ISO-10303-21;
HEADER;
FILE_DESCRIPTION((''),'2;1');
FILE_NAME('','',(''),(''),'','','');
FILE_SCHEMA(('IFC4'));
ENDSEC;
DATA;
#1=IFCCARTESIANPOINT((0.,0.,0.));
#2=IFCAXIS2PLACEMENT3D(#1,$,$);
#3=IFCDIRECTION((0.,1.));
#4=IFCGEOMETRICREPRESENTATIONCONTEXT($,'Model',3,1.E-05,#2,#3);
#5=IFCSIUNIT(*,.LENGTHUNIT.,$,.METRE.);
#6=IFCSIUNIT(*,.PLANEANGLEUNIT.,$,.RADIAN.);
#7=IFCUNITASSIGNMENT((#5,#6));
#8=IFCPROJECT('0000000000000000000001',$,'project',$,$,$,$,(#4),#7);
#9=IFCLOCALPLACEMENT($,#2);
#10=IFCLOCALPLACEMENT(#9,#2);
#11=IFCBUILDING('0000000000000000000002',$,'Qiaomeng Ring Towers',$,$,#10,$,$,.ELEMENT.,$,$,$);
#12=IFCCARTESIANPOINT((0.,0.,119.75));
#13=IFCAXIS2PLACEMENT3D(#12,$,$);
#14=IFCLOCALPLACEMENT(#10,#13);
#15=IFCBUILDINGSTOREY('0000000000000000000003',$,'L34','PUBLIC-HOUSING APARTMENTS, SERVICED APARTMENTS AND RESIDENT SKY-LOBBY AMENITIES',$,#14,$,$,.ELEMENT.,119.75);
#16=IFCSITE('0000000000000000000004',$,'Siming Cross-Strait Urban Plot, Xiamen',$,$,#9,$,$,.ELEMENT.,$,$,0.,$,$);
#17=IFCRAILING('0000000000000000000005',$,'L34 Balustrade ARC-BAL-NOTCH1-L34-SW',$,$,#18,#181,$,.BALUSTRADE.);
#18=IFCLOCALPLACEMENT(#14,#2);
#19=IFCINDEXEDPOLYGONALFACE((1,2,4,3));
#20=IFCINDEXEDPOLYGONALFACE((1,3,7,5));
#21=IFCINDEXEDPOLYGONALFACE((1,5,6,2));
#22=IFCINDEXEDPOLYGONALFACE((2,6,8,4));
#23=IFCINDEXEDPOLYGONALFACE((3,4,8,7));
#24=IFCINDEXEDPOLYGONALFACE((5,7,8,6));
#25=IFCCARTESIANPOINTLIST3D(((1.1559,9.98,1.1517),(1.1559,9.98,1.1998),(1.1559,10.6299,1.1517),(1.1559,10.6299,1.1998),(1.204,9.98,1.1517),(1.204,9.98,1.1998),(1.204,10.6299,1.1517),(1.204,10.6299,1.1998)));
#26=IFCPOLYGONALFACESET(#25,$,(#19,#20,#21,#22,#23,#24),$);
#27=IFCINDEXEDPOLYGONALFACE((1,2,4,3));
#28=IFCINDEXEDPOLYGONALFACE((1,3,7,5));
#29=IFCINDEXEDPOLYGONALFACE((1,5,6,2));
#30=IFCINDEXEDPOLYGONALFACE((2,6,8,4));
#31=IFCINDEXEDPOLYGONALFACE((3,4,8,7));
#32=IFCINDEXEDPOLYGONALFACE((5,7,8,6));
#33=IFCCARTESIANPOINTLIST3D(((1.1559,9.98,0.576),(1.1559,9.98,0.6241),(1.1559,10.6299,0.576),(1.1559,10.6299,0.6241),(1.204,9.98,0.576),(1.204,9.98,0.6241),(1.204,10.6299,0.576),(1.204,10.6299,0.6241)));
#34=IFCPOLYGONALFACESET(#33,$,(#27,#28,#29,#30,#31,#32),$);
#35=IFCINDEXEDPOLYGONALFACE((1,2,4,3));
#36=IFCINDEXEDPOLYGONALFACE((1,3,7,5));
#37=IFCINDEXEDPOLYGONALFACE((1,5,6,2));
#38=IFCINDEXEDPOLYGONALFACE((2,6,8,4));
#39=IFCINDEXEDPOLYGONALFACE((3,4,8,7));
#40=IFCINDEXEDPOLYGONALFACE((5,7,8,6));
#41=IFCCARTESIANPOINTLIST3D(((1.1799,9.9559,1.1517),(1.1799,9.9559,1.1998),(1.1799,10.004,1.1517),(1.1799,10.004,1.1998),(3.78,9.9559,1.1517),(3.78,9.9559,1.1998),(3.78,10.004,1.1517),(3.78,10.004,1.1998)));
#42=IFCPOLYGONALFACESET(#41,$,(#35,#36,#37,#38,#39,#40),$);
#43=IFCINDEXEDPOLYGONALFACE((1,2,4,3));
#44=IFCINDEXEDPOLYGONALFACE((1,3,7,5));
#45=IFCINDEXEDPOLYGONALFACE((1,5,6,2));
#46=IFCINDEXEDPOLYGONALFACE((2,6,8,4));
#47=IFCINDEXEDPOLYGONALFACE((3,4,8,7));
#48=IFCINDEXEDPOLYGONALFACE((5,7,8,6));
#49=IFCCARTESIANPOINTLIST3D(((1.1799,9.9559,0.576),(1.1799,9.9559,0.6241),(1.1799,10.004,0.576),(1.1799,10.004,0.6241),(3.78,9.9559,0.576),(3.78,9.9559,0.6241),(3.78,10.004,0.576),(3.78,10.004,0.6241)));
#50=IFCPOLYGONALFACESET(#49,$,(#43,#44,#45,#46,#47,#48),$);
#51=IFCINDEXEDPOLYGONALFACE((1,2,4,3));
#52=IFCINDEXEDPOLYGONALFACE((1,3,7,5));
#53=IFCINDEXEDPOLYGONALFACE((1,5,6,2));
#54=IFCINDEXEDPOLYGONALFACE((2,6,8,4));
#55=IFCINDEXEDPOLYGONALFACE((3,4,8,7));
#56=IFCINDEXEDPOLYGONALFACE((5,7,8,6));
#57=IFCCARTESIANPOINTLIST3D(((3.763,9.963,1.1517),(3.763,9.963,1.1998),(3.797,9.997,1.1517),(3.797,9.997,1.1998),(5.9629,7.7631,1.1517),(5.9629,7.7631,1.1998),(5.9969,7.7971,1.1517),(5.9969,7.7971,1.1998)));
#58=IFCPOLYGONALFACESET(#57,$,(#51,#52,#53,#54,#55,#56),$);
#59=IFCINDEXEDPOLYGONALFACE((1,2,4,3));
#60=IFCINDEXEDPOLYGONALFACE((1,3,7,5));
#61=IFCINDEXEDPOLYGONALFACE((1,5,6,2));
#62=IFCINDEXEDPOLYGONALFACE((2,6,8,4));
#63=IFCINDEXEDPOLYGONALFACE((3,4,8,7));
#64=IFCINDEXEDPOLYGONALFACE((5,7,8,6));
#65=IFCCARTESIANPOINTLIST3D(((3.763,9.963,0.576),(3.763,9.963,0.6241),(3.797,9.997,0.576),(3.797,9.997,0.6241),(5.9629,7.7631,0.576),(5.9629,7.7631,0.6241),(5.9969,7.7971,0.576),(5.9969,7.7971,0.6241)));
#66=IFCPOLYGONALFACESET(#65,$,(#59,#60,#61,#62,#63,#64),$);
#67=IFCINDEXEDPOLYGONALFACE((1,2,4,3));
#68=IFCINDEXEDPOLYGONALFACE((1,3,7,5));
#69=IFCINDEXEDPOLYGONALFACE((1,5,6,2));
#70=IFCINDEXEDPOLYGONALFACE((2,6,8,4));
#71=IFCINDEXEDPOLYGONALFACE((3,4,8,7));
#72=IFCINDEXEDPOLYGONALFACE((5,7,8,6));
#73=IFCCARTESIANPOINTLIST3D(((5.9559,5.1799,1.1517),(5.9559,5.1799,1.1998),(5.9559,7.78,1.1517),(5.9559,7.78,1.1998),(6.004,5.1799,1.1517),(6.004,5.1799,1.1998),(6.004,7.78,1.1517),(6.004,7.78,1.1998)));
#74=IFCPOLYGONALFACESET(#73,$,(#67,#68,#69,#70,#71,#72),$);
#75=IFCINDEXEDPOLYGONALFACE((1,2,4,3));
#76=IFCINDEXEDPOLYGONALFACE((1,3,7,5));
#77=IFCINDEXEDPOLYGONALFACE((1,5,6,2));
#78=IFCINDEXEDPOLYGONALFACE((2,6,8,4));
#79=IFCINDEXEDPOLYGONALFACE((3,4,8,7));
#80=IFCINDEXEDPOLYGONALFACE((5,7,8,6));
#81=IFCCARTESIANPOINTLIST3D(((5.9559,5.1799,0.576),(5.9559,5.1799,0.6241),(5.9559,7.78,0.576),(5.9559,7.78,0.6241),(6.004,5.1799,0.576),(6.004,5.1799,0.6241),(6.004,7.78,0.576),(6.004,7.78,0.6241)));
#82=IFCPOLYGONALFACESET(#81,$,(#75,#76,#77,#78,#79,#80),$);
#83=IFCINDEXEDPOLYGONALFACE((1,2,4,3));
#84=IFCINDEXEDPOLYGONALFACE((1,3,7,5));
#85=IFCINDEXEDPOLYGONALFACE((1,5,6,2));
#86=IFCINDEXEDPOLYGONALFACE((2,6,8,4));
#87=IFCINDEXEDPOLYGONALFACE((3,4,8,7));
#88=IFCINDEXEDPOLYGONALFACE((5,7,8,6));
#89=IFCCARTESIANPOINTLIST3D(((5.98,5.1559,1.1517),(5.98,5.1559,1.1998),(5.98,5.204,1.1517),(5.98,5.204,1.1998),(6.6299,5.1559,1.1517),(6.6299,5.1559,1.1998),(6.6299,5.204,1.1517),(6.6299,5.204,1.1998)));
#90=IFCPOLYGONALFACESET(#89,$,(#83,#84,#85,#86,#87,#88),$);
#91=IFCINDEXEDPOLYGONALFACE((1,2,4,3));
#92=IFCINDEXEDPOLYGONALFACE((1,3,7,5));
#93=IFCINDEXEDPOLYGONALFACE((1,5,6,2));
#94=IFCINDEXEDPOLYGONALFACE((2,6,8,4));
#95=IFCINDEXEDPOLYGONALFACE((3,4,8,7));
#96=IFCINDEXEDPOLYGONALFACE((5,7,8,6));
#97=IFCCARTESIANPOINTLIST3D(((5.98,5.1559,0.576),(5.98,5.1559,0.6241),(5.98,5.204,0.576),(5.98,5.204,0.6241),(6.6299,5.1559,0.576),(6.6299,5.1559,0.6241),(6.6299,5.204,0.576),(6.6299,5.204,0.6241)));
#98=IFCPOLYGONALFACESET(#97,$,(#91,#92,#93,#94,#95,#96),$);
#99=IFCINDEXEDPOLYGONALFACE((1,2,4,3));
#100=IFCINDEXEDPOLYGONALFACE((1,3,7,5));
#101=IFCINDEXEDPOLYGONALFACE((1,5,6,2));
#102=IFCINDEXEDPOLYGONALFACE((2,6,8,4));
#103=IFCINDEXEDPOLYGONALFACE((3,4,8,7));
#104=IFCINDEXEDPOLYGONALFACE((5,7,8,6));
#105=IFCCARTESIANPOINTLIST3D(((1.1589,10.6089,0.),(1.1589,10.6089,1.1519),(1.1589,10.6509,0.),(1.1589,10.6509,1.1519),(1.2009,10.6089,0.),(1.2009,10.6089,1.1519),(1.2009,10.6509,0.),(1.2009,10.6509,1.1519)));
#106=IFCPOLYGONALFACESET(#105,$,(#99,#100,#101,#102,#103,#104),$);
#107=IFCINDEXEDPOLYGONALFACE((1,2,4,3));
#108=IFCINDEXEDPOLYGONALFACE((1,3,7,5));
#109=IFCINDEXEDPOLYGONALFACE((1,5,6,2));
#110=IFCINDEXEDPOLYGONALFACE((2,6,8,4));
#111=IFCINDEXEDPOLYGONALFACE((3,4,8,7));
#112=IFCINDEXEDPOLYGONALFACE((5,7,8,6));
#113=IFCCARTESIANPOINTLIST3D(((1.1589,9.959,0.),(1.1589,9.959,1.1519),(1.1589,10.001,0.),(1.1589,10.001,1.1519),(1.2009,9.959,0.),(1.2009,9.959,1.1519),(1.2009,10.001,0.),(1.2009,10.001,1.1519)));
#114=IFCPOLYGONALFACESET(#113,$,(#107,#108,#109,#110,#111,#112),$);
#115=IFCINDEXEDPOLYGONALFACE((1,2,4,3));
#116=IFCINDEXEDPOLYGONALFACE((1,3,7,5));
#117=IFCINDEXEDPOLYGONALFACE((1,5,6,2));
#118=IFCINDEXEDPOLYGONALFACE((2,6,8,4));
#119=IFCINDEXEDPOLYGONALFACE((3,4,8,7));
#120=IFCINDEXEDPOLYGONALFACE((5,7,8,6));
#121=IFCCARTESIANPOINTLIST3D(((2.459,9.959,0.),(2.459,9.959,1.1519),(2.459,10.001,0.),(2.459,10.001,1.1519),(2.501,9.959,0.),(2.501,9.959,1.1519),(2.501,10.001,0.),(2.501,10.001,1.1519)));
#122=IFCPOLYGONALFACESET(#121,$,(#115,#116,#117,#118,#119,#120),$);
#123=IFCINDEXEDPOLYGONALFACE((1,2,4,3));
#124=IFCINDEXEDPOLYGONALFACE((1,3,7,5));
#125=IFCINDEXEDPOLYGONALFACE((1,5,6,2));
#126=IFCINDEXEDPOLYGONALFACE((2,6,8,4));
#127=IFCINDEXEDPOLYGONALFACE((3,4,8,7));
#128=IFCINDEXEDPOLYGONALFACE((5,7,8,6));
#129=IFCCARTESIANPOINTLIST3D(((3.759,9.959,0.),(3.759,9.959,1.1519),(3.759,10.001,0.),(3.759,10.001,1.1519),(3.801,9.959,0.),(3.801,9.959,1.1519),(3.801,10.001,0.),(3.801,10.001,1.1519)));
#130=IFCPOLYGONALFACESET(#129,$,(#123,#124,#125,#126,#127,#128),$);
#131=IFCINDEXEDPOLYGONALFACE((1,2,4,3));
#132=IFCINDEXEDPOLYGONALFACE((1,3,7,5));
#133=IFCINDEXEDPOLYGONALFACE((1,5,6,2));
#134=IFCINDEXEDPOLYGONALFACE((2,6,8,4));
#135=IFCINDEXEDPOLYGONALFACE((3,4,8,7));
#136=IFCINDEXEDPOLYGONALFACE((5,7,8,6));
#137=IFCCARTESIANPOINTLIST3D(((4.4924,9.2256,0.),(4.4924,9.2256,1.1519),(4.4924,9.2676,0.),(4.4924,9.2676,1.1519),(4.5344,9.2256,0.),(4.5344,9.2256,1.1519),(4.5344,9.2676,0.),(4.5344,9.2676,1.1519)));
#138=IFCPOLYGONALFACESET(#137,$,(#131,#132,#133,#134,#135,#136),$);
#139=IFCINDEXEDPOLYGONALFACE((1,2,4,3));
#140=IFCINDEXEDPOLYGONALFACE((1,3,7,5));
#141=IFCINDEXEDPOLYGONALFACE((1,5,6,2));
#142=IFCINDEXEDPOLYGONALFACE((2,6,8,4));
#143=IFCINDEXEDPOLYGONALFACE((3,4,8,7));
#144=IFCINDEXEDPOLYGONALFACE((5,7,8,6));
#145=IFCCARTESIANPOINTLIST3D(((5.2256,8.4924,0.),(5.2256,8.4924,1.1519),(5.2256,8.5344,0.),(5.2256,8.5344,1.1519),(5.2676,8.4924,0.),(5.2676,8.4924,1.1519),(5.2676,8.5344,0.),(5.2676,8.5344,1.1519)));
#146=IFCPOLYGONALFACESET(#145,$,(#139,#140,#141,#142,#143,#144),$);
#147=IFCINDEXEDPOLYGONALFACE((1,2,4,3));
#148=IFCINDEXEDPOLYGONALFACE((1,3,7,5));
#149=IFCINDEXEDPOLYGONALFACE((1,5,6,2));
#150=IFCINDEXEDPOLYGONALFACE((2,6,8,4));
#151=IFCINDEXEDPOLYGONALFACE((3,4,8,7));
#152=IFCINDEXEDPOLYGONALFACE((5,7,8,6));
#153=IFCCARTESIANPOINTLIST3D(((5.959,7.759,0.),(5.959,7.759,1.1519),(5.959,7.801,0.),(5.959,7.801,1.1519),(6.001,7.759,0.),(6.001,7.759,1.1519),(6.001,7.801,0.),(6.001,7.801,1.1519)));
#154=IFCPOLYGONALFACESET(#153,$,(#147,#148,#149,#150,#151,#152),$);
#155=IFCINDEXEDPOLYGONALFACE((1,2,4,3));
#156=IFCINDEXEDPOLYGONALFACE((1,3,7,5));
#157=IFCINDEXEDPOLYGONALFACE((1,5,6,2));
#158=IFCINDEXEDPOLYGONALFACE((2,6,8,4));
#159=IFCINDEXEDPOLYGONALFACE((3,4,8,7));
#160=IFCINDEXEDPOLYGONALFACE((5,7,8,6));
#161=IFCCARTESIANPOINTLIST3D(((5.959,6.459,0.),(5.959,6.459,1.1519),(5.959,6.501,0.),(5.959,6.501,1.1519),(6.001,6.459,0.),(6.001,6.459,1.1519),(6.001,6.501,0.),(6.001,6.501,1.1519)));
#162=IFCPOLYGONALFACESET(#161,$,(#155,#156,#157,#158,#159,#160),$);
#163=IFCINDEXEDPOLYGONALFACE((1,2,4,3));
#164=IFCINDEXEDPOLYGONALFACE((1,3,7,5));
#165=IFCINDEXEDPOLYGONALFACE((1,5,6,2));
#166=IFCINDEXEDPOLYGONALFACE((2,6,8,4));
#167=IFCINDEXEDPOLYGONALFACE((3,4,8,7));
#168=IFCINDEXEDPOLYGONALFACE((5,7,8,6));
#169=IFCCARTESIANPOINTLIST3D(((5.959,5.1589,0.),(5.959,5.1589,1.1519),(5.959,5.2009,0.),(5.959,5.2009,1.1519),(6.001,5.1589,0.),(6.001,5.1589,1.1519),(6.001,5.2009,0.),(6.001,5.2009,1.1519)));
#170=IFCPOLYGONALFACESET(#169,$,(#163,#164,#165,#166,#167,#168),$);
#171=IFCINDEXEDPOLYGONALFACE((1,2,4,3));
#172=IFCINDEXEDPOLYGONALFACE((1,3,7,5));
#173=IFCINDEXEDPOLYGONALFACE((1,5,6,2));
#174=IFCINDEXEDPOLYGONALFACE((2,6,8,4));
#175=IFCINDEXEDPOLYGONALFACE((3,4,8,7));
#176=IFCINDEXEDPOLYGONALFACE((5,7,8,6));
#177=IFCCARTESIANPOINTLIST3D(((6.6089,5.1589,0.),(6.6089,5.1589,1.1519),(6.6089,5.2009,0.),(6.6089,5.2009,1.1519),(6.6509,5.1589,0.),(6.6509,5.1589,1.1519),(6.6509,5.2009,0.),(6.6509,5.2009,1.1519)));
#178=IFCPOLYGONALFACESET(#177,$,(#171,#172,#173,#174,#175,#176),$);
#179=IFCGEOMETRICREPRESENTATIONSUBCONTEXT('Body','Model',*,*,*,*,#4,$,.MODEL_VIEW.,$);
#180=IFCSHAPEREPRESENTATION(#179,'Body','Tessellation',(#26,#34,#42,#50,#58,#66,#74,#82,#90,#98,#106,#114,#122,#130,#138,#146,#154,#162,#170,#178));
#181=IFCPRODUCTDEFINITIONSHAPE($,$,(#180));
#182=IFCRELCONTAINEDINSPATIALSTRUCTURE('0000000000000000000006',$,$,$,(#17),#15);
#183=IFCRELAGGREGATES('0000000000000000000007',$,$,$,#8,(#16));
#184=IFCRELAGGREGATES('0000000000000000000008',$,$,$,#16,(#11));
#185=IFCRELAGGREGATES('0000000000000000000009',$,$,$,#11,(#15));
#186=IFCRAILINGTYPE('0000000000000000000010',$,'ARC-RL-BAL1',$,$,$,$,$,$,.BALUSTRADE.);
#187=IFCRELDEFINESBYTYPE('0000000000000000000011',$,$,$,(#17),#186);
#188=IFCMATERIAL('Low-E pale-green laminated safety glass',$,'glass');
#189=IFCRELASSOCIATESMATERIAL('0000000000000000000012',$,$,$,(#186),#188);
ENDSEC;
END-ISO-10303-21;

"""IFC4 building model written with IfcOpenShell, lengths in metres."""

from ifc_helpers import new_model, si_unit, direction, frame, origin, origin_2d, place, context, subcontext, project, spatial, rectangle, extrude, material, type_object, element, save


model = new_model("IFC4")

# Units and contexts
model_context = context("Model", 3, precision=1e-05, world=origin(), true_north=direction((0.0, 1.0)))
body_context = subcontext(model_context, "Body", "Model", "MODEL_VIEW")
ifc_project = project(units=[si_unit("LENGTHUNIT", "METRE"), si_unit("PLANEANGLEUNIT", "RADIAN")], contexts=[model_context])

# Site, building, storey
site_placement = place(None, origin())
site = spatial("IfcSite", under=ifc_project, at=site_placement, Name="Siming Cross-Strait Urban Plot, Xiamen", CompositionType="ELEMENT", RefElevation=0.0)
building_placement = place(site_placement, origin())
building = spatial("IfcBuilding", under=site, at=building_placement, Name="Qiaomeng Ring Towers", CompositionType="ELEMENT")
storey_placement = place(building_placement, frame((0.0, 0.0, 119.75)))
storey = spatial("IfcBuildingStorey", under=building, at=storey_placement, Name="L34", Description="PUBLIC-HOUSING APARTMENTS, SERVICED APARTMENTS AND RESIDENT SKY-LOBBY AMENITIES", CompositionType="ELEMENT", Elevation=119.75)

# Railing
ifc_material_1 = material(Name="Low-E pale-green laminated safety glass", Category="glass")
railing_type_1 = type_object("IfcRailingType", Name="ARC-RL-BAL1", PredefinedType="BALUSTRADE", material=ifc_material_1)
railing_1_placement = place(storey_placement, frame((1.1799, 10.6299, 0.0)))
element("IfcRailing", 1, at=railing_1_placement, inside=storey, type_object=railing_type_1, Name="L34 Balustrade ARC-BAL-NOTCH1-L34-SW", PredefinedType="BALUSTRADE", context=body_context, shape_type="SweptSolid", body=[
    extrude(rectangle(XDim=0.0481, YDim=0.0481, at=origin_2d()), frame((0.0, 0.0, 1.1758), z_axis=(0.0, -1.0, 0.0), x_axis=(1.0, 0.0, 0.0)), (0.0, 0.0, 1.0), 0.6499),
    extrude(rectangle(XDim=0.0481, YDim=0.0481, at=origin_2d()), frame((0.0, 0.0, 0.6001), z_axis=(0.0, -1.0, 0.0), x_axis=(1.0, 0.0, 0.0)), (0.0, 0.0, 1.0), 0.6499),
    extrude(rectangle(XDim=0.0481, YDim=0.0481, at=origin_2d()), frame((0.0, -0.6499, 1.1758), z_axis=(1.0, 0.0, 0.0), x_axis=(0.0, 1.0, 0.0)), (0.0, 0.0, 1.0), 2.6001),
    extrude(rectangle(XDim=0.0481, YDim=0.0481, at=origin_2d()), frame((0.0, -0.6499, 0.6001), z_axis=(1.0, 0.0, 0.0), x_axis=(0.0, 1.0, 0.0)), (0.0, 0.0, 1.0), 2.6001),
    extrude(rectangle(XDim=0.0481, YDim=0.0481, at=origin_2d()), frame((2.6001, -0.6499, 1.1758), z_axis=(0.707107, -0.707107, 0.0), x_axis=(0.707107, 0.707107, 0.0)), (0.0, 0.0, 1.0), 3.1111),
    extrude(rectangle(XDim=0.0481, YDim=0.0481, at=origin_2d()), frame((2.6001, -0.6499, 0.6001), z_axis=(0.707107, -0.707107, 0.0), x_axis=(0.707107, 0.707107, 0.0)), (0.0, 0.0, 1.0), 3.1111),
    extrude(rectangle(XDim=0.0481, YDim=0.0481, at=origin_2d()), frame((4.8, -2.8499, 1.1758), z_axis=(0.0, -1.0, 0.0), x_axis=(1.0, 0.0, 0.0)), (0.0, 0.0, 1.0), 2.6001),
    extrude(rectangle(XDim=0.0481, YDim=0.0481, at=origin_2d()), frame((4.8, -2.8499, 0.6001), z_axis=(0.0, -1.0, 0.0), x_axis=(1.0, 0.0, 0.0)), (0.0, 0.0, 1.0), 2.6001),
    extrude(rectangle(XDim=0.0481, YDim=0.0481, at=origin_2d()), frame((4.8, -5.45, 1.1758), z_axis=(1.0, 0.0, 0.0), x_axis=(0.0, 1.0, 0.0)), (0.0, 0.0, 1.0), 0.6499),
    extrude(rectangle(XDim=0.0481, YDim=0.0481, at=origin_2d()), frame((4.8, -5.45, 0.6001), z_axis=(1.0, 0.0, 0.0), x_axis=(0.0, 1.0, 0.0)), (0.0, 0.0, 1.0), 0.6499),
    extrude(rectangle(XDim=0.042, YDim=0.042, at=origin_2d()), origin(), (0.0, 0.0, 1.0), 1.1519),
    extrude(rectangle(XDim=0.042, YDim=0.042, at=origin_2d()), frame((0.0, -0.6499, 0.0)), (0.0, 0.0, 1.0), 1.1519),
    extrude(rectangle(XDim=0.042, YDim=0.042, at=origin_2d()), frame((1.3, -0.6499, 0.0)), (0.0, 0.0, 1.0), 1.1519),
    extrude(rectangle(XDim=0.042, YDim=0.042, at=origin_2d()), frame((2.6001, -0.6499, 0.0)), (0.0, 0.0, 1.0), 1.1519),
    extrude(rectangle(XDim=0.042, YDim=0.042, at=origin_2d()), frame((3.3335, -1.3833, 0.0)), (0.0, 0.0, 1.0), 1.1519),
    extrude(rectangle(XDim=0.042, YDim=0.042, at=origin_2d()), frame((4.0667, -2.1165, 0.0)), (0.0, 0.0, 1.0), 1.1519),
    extrude(rectangle(XDim=0.042, YDim=0.042, at=origin_2d()), frame((4.8, -2.8499, 0.0)), (0.0, 0.0, 1.0), 1.1519),
    extrude(rectangle(XDim=0.042, YDim=0.042, at=origin_2d()), frame((4.8, -4.1499, 0.0)), (0.0, 0.0, 1.0), 1.1519),
    extrude(rectangle(XDim=0.042, YDim=0.042, at=origin_2d()), frame((4.8, -5.45, 0.0)), (0.0, 0.0, 1.0), 1.1519),
    extrude(rectangle(XDim=0.042, YDim=0.042, at=origin_2d()), frame((5.45, -5.45, 0.0)), (0.0, 0.0, 1.0), 1.1519),
])

save(model, "model.ifc")
